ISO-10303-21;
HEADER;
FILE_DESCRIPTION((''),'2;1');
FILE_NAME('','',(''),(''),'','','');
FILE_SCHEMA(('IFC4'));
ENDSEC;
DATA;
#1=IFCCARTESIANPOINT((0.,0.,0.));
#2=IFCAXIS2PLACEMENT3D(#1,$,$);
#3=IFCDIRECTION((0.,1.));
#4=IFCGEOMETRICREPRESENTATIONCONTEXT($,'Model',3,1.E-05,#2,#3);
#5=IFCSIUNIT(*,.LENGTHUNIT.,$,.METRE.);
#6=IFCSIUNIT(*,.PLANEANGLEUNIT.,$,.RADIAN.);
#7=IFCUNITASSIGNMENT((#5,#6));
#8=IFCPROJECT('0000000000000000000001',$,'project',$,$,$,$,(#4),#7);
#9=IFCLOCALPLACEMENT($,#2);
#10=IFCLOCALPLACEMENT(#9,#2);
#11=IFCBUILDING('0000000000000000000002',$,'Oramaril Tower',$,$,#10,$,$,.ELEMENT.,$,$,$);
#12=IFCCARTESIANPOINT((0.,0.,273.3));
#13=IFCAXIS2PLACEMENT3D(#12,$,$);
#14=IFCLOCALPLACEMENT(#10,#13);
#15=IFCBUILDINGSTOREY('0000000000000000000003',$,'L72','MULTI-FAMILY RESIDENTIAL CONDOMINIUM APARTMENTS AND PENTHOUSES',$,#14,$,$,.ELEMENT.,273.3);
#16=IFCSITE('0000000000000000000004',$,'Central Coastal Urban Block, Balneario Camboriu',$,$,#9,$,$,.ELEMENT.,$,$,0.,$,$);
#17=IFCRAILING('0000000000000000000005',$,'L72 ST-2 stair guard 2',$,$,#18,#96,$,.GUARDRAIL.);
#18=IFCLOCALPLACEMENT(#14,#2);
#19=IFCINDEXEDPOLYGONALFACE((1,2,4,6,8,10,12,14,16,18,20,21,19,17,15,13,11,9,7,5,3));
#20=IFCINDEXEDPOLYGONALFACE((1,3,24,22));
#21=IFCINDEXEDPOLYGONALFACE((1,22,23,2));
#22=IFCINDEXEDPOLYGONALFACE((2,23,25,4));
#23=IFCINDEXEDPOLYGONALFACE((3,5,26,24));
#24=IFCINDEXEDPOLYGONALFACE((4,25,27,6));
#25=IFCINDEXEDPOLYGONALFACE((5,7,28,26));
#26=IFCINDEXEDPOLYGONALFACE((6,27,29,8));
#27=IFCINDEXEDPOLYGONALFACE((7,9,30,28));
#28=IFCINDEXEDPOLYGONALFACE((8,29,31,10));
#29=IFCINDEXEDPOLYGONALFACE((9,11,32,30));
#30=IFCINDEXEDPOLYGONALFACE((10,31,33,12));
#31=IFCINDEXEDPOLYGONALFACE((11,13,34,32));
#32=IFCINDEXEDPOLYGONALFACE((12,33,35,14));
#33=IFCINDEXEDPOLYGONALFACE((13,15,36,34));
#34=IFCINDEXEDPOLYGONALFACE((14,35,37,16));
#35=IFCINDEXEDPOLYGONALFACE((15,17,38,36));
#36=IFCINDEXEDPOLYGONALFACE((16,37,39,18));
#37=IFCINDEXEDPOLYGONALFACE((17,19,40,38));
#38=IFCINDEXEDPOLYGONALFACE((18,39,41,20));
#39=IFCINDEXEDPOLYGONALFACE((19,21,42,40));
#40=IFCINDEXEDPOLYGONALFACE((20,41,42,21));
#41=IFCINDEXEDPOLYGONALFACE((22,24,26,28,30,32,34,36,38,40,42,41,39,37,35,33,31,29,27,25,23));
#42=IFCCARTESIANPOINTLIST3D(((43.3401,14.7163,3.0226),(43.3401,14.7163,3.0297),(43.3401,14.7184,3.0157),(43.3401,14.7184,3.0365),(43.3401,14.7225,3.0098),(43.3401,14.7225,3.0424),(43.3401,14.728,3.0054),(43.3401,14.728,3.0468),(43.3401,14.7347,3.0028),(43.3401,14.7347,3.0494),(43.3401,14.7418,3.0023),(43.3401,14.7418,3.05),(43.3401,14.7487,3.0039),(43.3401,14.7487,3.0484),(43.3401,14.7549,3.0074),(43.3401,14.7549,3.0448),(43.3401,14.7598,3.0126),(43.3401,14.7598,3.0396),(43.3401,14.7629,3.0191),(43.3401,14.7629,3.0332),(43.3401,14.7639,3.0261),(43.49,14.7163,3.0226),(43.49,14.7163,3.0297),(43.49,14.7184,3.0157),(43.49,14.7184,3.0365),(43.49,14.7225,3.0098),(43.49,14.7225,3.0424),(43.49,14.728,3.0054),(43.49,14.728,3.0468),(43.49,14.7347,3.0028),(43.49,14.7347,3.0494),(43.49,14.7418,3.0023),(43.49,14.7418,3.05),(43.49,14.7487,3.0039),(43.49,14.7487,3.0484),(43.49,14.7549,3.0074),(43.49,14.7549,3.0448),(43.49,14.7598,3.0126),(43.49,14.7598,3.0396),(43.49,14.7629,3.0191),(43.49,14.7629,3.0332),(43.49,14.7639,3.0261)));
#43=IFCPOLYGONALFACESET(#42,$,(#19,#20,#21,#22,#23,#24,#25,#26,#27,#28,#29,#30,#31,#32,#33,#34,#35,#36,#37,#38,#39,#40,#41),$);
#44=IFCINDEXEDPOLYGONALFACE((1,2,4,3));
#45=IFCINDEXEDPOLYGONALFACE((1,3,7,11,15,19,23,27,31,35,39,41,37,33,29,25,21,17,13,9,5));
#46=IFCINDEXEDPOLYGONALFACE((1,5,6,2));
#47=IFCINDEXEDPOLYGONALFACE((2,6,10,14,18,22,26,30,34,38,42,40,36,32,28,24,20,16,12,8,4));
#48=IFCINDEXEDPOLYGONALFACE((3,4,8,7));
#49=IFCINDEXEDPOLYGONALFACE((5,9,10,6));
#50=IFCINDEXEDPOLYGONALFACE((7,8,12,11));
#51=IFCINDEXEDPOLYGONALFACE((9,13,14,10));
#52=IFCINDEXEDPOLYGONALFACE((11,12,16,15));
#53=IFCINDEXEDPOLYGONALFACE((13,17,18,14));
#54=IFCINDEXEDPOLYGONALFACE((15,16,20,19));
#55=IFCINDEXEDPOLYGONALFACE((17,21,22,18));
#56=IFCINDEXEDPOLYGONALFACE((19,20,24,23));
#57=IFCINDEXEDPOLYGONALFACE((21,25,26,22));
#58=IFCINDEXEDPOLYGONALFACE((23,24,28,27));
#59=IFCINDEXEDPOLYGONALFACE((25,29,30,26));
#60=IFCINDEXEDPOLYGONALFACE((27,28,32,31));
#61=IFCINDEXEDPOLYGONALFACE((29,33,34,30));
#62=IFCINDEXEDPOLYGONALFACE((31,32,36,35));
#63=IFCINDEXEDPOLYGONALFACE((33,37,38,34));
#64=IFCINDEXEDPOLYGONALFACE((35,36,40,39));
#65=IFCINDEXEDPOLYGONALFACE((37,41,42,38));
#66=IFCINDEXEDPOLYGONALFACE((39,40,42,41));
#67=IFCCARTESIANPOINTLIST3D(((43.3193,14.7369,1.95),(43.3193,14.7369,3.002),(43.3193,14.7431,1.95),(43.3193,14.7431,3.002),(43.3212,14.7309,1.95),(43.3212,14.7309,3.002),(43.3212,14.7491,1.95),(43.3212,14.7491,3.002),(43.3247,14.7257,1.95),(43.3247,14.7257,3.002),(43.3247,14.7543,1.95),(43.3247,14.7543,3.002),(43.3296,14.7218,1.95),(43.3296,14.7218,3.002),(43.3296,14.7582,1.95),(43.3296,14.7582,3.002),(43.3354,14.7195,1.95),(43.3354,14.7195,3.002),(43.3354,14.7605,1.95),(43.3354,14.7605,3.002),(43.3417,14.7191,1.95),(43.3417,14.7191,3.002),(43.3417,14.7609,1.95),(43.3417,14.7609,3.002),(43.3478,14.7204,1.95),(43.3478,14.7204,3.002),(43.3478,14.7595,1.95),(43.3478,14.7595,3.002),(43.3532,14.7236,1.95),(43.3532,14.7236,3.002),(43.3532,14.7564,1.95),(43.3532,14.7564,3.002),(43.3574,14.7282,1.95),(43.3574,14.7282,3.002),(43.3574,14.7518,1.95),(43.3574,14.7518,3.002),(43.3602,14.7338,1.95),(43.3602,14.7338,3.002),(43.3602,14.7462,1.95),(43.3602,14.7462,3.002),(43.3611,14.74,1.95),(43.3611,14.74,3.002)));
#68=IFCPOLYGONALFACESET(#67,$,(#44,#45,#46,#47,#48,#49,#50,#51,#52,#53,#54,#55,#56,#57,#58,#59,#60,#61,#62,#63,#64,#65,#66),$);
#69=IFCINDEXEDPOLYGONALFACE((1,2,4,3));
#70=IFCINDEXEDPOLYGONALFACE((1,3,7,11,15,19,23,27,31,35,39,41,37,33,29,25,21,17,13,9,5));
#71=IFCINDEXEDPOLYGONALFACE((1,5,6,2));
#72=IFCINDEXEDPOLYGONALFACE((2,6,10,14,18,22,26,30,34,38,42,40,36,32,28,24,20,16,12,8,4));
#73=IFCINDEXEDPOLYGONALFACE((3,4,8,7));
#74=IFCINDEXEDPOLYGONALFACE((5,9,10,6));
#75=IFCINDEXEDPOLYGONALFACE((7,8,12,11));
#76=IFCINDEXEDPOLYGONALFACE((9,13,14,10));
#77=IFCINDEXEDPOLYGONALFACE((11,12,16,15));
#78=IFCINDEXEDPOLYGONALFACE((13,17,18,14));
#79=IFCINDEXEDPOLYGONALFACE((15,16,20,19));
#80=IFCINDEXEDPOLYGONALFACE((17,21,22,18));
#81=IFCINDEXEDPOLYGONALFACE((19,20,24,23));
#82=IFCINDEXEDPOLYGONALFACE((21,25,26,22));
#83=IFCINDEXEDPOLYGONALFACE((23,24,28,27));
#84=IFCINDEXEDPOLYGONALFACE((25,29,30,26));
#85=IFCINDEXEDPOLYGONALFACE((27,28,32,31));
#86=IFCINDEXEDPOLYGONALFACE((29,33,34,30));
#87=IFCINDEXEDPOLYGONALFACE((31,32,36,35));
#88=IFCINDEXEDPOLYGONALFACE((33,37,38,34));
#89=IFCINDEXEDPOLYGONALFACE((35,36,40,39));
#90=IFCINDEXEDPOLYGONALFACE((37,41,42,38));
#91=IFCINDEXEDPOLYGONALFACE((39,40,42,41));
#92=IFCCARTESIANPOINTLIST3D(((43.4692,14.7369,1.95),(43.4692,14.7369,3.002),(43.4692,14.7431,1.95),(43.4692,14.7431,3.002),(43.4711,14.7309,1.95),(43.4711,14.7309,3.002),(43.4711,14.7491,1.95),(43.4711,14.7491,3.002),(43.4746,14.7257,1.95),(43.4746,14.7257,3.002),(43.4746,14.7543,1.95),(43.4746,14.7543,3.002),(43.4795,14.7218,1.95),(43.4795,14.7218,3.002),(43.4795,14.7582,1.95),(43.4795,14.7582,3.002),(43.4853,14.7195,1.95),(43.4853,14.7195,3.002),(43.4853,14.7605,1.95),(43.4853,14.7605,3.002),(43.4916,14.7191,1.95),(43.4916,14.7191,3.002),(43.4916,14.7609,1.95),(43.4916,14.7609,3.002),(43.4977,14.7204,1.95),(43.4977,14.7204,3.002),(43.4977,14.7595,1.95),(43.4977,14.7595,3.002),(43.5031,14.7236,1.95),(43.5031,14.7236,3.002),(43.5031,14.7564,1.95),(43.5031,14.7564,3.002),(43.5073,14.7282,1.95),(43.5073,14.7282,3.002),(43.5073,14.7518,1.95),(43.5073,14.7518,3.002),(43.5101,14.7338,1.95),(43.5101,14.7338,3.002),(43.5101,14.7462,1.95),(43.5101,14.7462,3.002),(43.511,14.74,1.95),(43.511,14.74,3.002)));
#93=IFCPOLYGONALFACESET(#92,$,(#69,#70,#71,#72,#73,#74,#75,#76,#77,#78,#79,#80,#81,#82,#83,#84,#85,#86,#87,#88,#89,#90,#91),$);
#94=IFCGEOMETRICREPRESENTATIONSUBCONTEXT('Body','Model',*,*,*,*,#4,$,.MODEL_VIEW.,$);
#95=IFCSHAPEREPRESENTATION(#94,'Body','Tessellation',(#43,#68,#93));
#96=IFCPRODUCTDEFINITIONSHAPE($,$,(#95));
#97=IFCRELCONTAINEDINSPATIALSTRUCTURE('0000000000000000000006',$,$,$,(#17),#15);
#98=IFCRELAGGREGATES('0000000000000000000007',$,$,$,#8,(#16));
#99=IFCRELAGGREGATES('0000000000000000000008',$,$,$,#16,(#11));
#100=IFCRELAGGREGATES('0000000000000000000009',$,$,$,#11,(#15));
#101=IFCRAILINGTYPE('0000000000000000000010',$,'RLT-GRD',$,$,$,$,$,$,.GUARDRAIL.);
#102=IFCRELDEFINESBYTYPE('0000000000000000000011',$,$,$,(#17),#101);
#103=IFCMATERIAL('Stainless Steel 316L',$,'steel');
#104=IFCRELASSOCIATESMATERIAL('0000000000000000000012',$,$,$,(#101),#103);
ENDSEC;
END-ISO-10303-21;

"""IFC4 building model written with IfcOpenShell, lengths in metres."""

from ifc_helpers import new_model, si_unit, direction, frame, origin, origin_2d, place, context, subcontext, project, spatial, circle, extrude, material, type_object, element, save


model = new_model("IFC4")

# Units and contexts
model_context = context("Model", 3, precision=1e-05, world=origin(), true_north=direction((0.0, 1.0)))
body_context = subcontext(model_context, "Body", "Model", "MODEL_VIEW")
ifc_project = project(units=[si_unit("LENGTHUNIT", "METRE"), si_unit("PLANEANGLEUNIT", "RADIAN")], contexts=[model_context])

# Site, building, storey
site_placement = place(None, origin())
site = spatial("IfcSite", under=ifc_project, at=site_placement, Name="Central Coastal Urban Block, Balneario Camboriu", CompositionType="ELEMENT", RefElevation=0.0)
building_placement = place(site_placement, origin())
building = spatial("IfcBuilding", under=site, at=building_placement, Name="Oramaril Tower", CompositionType="ELEMENT")
storey_placement = place(building_placement, frame((0.0, 0.0, 273.3)))
storey = spatial("IfcBuildingStorey", under=building, at=storey_placement, Name="L72", Description="MULTI-FAMILY RESIDENTIAL CONDOMINIUM APARTMENTS AND PENTHOUSES", CompositionType="ELEMENT", Elevation=273.3)

# Railing
ifc_material_1 = material(Name="Stainless Steel 316L", Category="steel")
railing_type_1 = type_object("IfcRailingType", Name="RLT-GRD", PredefinedType="GUARDRAIL", material=ifc_material_1)
railing_1_placement = place(storey_placement, frame((43.3401, 14.74, 1.95)))
element("IfcRailing", 1, at=railing_1_placement, inside=storey, type_object=railing_type_1, Name="L72 ST-2 stair guard 2", PredefinedType="GUARDRAIL", context=body_context, shape_type="SweptSolid", body=[
    extrude(circle(Radius=0.0239, at=origin_2d()), frame((0.0, 0.0, 1.0762), z_axis=(1.0, 0.0, 0.0), x_axis=(0.0, 1.0, 0.0)), (0.0, 0.0, 1.0), 0.1499),
    extrude(circle(Radius=0.021, at=origin_2d()), origin(), (0.0, 0.0, 1.0), 1.052),
    extrude(circle(Radius=0.021, at=origin_2d()), frame((0.1499, 0.0, 0.0)), (0.0, 0.0, 1.0), 1.052),
])

save(model, "model.ifc")
